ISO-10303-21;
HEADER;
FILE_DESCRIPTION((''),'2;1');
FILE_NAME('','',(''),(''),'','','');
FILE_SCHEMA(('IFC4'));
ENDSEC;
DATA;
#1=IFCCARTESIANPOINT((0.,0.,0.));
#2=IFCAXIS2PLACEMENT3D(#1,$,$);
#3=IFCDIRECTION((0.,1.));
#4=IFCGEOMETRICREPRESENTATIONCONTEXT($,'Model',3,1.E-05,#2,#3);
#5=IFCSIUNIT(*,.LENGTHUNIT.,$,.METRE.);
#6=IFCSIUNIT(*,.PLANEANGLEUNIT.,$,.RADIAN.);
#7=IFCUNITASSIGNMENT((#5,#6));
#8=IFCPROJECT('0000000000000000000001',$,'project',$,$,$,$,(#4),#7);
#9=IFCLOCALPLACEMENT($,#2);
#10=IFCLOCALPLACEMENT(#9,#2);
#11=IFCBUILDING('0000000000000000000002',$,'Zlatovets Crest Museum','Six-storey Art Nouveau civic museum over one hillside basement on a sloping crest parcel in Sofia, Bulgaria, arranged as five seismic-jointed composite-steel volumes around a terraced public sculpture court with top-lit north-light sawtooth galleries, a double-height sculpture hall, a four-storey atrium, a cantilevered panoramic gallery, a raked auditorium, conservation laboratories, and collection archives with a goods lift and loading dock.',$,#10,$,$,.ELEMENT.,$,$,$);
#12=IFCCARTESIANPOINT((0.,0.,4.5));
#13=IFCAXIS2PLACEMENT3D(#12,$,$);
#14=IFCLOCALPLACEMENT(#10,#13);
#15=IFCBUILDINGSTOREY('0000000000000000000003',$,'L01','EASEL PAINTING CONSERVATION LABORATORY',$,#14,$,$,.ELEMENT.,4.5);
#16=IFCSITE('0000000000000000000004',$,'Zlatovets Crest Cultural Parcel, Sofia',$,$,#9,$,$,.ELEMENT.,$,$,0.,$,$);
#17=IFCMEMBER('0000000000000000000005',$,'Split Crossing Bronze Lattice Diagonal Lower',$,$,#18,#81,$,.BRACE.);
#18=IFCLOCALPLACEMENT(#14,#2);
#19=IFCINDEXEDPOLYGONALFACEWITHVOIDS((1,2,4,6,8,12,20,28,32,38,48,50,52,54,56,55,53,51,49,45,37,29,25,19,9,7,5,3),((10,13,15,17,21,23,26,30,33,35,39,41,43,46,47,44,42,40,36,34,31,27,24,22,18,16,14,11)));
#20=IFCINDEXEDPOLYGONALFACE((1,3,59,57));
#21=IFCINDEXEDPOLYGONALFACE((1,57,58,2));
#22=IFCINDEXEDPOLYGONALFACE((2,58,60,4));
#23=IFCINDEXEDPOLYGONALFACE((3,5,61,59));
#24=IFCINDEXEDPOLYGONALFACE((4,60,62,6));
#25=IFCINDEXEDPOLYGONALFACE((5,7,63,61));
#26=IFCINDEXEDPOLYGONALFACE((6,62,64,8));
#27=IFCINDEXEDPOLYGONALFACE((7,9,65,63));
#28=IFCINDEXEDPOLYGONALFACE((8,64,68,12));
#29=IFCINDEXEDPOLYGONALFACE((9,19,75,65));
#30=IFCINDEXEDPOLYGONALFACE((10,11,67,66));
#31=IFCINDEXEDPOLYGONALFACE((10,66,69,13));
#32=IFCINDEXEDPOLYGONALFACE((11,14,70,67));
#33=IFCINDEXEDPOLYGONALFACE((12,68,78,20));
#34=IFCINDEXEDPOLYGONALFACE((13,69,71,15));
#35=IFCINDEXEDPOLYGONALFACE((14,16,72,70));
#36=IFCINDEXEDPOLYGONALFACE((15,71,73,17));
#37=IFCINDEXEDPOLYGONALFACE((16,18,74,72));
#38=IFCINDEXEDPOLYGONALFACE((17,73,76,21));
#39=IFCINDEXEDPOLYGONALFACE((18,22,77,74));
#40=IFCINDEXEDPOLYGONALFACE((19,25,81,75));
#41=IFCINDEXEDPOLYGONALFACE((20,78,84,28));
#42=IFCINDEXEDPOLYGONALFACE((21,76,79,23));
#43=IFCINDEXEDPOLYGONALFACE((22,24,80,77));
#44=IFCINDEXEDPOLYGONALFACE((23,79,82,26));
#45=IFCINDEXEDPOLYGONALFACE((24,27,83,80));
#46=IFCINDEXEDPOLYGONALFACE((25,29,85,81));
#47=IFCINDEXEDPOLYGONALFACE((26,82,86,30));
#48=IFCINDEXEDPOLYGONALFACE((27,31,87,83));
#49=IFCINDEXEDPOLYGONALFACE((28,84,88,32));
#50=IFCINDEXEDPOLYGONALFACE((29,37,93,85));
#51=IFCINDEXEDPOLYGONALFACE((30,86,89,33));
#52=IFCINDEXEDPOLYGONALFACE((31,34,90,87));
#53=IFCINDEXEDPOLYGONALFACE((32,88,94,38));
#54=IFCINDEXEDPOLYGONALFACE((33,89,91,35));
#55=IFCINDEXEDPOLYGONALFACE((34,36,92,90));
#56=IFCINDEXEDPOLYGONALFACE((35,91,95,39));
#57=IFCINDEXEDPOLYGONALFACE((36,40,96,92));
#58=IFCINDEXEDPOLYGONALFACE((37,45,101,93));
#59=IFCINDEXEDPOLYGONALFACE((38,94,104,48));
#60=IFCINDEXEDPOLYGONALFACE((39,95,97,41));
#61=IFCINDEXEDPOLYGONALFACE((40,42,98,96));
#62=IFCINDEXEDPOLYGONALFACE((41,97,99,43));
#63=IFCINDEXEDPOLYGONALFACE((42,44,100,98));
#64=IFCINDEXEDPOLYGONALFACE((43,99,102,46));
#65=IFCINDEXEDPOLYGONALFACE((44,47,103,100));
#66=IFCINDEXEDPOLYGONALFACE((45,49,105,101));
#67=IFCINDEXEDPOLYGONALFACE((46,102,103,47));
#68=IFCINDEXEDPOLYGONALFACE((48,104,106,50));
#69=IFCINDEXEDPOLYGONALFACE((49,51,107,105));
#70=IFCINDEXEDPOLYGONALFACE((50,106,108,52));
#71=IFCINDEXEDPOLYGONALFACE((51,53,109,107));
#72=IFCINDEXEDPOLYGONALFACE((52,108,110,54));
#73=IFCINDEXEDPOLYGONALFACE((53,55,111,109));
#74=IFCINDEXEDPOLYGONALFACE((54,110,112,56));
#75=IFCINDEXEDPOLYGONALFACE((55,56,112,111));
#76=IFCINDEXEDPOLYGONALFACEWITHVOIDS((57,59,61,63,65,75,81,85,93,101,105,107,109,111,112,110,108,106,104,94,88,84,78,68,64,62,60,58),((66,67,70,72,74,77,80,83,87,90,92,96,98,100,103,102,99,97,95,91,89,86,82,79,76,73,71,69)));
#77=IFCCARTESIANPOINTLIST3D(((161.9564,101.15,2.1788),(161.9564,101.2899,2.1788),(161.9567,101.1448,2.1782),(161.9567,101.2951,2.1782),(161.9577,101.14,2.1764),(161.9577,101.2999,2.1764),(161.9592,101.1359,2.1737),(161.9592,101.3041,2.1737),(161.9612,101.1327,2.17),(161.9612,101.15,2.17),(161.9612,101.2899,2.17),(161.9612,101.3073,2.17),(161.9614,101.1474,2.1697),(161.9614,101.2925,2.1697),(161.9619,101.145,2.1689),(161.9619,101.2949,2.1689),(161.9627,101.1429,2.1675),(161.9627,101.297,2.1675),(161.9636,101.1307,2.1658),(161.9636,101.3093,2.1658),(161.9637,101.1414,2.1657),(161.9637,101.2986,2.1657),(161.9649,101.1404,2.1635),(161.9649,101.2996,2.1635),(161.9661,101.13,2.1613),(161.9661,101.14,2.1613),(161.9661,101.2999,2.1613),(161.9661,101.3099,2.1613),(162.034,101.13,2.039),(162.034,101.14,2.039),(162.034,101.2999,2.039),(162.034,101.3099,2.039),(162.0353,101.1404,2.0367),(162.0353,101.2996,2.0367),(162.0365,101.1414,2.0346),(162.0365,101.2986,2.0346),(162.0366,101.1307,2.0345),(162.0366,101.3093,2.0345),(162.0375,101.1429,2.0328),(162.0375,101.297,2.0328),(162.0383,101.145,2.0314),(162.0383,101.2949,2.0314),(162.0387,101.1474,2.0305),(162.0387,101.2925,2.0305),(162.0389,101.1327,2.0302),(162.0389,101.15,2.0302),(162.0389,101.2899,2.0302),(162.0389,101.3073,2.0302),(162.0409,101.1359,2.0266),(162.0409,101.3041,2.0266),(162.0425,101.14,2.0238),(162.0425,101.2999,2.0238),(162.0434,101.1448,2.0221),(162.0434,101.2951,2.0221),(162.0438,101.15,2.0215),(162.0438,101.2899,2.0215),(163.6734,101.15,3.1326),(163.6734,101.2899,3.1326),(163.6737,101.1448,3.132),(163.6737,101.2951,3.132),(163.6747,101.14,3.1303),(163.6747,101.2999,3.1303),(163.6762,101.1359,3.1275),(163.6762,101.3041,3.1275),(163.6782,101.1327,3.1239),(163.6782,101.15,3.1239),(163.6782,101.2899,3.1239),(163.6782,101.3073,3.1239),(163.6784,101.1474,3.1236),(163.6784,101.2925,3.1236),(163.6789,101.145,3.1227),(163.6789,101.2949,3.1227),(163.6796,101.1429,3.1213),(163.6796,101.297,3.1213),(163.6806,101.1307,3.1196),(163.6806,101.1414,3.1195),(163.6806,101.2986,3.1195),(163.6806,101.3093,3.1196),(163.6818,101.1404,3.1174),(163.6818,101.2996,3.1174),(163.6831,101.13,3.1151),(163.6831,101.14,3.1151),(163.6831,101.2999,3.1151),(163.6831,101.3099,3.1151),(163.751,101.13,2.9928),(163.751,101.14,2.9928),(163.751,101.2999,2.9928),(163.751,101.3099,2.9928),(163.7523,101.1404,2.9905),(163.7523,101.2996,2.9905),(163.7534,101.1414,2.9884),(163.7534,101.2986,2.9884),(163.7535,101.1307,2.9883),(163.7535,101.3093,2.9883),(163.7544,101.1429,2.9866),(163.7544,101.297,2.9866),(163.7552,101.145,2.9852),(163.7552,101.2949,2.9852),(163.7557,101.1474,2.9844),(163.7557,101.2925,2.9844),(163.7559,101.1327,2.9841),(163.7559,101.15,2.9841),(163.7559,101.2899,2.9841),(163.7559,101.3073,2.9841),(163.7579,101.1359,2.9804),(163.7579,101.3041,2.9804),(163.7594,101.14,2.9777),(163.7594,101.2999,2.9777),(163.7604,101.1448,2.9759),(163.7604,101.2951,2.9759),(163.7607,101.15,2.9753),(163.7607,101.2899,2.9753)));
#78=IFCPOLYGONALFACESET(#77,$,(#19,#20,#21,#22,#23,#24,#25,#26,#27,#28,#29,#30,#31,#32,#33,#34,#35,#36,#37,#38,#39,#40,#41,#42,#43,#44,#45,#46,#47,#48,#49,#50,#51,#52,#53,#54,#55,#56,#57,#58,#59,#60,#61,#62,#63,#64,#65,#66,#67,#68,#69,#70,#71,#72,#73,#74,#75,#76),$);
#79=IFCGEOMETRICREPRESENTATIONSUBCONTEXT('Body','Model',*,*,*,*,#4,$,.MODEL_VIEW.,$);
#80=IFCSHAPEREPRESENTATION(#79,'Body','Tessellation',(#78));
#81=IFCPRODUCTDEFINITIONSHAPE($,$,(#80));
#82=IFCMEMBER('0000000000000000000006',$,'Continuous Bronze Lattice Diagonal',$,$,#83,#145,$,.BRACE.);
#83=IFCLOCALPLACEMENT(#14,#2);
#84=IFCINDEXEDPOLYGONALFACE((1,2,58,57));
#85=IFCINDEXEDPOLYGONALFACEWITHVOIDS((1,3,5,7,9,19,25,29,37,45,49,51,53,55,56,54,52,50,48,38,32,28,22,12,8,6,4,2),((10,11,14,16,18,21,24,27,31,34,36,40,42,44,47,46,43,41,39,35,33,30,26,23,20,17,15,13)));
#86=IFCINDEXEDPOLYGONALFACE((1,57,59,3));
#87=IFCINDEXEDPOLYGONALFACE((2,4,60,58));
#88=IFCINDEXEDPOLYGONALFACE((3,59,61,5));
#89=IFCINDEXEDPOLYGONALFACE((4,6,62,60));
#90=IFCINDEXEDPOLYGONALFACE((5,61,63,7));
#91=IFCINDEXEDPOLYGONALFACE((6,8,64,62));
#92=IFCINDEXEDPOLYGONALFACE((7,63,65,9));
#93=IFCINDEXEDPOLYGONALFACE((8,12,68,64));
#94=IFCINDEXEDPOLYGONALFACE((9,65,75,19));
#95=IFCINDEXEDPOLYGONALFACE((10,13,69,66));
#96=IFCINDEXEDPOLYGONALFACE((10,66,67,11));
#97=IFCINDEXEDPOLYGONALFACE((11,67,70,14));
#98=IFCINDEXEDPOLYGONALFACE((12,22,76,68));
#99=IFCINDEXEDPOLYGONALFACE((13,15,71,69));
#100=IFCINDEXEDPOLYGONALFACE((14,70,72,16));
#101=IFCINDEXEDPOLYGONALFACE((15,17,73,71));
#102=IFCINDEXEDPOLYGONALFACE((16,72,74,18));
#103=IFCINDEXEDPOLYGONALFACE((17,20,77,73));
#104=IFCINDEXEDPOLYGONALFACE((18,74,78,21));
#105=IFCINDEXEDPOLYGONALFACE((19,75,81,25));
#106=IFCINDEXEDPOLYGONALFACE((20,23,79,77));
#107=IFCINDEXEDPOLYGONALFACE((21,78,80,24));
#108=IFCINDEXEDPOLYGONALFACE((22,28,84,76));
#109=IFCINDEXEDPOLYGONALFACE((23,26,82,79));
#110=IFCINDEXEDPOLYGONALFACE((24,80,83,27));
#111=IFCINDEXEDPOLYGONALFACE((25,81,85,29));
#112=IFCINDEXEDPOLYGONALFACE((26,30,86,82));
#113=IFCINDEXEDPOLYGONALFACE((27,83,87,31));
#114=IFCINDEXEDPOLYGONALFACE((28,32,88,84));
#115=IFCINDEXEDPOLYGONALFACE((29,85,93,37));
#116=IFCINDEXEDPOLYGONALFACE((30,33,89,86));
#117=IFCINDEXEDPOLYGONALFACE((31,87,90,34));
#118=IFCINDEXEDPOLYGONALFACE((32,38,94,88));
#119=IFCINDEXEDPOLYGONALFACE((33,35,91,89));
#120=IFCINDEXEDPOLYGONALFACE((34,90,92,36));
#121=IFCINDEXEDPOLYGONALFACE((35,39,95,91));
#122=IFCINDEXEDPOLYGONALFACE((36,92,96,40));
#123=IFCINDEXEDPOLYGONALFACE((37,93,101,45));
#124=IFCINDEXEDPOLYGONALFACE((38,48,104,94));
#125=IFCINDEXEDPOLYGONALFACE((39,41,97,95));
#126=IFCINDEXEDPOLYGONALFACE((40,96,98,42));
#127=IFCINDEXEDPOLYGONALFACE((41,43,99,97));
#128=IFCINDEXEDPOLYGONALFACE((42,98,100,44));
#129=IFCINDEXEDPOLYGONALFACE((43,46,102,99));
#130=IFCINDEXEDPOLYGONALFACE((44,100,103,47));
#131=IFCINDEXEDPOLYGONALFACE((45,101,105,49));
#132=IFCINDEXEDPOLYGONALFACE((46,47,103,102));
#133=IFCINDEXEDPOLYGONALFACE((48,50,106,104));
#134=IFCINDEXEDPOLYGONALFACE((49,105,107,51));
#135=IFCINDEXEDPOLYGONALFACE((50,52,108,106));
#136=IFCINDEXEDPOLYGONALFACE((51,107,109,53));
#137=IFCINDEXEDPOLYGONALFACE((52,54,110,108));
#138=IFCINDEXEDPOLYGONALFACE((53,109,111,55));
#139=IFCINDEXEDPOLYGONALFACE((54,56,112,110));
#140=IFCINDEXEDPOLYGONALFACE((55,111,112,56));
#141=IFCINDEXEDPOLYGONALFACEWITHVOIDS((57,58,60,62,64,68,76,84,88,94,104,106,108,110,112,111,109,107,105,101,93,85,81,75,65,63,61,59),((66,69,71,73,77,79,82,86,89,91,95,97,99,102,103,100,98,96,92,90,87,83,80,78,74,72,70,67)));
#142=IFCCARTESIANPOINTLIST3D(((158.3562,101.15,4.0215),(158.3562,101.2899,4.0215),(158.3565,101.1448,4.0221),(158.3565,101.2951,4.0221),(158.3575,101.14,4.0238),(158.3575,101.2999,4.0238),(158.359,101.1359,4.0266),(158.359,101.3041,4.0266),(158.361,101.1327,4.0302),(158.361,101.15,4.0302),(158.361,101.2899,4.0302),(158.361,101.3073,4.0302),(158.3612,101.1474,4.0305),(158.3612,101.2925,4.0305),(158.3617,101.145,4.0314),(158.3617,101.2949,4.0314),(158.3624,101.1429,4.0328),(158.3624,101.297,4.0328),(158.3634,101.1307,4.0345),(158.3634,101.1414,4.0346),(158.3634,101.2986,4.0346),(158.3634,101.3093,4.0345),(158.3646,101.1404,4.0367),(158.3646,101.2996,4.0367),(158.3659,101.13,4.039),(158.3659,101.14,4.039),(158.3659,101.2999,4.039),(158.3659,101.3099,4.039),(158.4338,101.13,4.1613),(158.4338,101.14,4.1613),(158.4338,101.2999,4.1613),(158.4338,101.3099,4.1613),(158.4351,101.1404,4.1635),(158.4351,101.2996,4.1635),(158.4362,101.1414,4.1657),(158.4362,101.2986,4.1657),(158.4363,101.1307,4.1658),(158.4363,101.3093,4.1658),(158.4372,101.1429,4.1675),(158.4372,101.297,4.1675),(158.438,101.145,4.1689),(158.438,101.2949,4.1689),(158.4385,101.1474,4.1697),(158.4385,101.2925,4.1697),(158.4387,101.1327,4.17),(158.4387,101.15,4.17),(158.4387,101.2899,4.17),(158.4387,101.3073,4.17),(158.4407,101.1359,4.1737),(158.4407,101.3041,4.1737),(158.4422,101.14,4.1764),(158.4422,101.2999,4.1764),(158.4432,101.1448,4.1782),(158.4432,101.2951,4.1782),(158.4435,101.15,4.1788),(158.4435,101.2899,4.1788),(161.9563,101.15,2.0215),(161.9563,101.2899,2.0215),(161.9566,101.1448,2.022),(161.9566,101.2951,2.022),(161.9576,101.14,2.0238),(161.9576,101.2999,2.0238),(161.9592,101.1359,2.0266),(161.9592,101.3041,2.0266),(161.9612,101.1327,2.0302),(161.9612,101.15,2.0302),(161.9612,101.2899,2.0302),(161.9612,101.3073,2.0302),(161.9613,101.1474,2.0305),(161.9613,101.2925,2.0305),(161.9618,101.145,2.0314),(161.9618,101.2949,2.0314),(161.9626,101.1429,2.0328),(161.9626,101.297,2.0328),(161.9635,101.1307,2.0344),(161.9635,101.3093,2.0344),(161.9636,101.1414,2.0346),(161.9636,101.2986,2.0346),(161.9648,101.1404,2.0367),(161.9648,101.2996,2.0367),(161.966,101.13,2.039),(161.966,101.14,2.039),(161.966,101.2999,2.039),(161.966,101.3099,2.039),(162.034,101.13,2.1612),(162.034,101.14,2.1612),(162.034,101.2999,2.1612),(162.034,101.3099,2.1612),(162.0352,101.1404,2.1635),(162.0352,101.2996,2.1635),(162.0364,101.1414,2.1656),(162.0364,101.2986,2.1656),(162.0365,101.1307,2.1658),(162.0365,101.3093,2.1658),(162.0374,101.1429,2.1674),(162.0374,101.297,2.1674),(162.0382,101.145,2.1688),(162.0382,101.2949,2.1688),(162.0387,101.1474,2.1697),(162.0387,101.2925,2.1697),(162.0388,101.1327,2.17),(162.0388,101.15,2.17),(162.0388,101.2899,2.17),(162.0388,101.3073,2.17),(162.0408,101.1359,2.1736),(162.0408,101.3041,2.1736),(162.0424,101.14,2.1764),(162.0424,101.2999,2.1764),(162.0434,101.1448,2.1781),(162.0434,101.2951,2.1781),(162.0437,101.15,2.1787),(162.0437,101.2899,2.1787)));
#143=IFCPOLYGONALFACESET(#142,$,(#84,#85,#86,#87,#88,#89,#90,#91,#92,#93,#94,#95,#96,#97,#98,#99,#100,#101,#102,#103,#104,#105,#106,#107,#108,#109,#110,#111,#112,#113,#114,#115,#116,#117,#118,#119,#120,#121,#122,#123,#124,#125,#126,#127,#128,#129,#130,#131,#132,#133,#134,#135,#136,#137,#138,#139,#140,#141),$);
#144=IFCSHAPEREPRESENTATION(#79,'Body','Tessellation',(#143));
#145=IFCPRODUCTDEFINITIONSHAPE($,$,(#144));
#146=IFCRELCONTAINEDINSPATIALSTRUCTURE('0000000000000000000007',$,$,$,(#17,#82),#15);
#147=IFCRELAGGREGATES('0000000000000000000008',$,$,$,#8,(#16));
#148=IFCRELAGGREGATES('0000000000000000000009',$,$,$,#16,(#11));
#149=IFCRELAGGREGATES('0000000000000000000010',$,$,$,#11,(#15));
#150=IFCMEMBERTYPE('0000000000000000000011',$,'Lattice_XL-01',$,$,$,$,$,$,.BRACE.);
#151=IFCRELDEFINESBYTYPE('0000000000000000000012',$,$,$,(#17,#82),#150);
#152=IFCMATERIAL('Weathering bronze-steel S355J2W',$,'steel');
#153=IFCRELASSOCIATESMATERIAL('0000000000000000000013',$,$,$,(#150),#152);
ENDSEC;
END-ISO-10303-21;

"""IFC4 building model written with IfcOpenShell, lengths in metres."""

from ifc_helpers import new_model, si_unit, direction, frame, origin, origin_2d, place, context, subcontext, project, spatial, hollow_rectangle, extrude, material, material_profile, profile_set, type_object, element, save


model = new_model("IFC4")

# Units and contexts
model_context = context("Model", 3, precision=1e-05, world=origin(), true_north=direction((0.0, 1.0)))
body_context = subcontext(model_context, "Body", "Model", "MODEL_VIEW")
ifc_project = project(units=[si_unit("LENGTHUNIT", "METRE"), si_unit("PLANEANGLEUNIT", "RADIAN")], contexts=[model_context])

# Site, building, storey
site_placement = place(None, origin())
site = spatial("IfcSite", under=ifc_project, at=site_placement, Name="Zlatovets Crest Cultural Parcel, Sofia", CompositionType="ELEMENT", RefElevation=0.0)
building_placement = place(site_placement, origin())
building = spatial("IfcBuilding", under=site, at=building_placement, Name="Zlatovets Crest Museum", Description="Six-storey Art Nouveau civic museum over one hillside basement on a sloping crest parcel in Sofia, Bulgaria, arranged as five seismic-jointed composite-steel volumes around a terraced public sculpture court with top-lit north-light sawtooth galleries, a double-height sculpture hall, a four-storey atrium, a cantilevered panoramic gallery, a raked auditorium, conservation laboratories, and collection archives with a goods lift and loading dock.", CompositionType="ELEMENT")
storey_placement = place(building_placement, frame((0.0, 0.0, 4.5)))
storey = spatial("IfcBuildingStorey", under=building, at=storey_placement, Name="L01", Description="EASEL PAINTING CONSERVATION LABORATORY", CompositionType="ELEMENT", Elevation=4.5)

# Members
ifc_material_1 = material(Name="Weathering bronze-steel S355J2W", Category="steel")
ifc_material_profile_1 = material_profile(ifc_material_1, hollow_rectangle(XDim=0.1799, YDim=0.1799, WallThickness=0.01, InnerFilletRadius=0.01, OuterFilletRadius=0.02, at=origin_2d()), Name="SHS 180x180x10.0")
ifc_profile_set_1 = profile_set([ifc_material_profile_1], Name="Weathering bronze-steel S355J2W")
member_type_1 = type_object("IfcMemberType", Name="Lattice_XL-01", PredefinedType="BRACE", material=ifc_profile_set_1)
member_1_placement = place(storey_placement, frame((163.717, 101.22, 3.054), z_axis=(-0.874169, 0.0, -0.485622), x_axis=(0.0, -1.0, 0.0)))
element("IfcMember", 1, at=member_1_placement, inside=storey, type_object=member_type_1, Name="Split Crossing Bronze Lattice Diagonal Lower", PredefinedType="BRACE", context=body_context, shape_type="SweptSolid", body=[
    extrude(hollow_rectangle(XDim=0.1799, YDim=0.1799, WallThickness=0.01, InnerFilletRadius=0.01, OuterFilletRadius=0.02, at=origin_2d()), origin(), (0.0, 0.0, 1.0), 1.9641),
])
member_2_placement = place(storey_placement, frame((162.0, 101.22, 2.1001), z_axis=(-0.874163, 0.0, 0.485633), x_axis=(0.0, -1.0, 0.0)))
element("IfcMember", 2, at=member_2_placement, inside=storey, type_object=member_type_1, Name="Continuous Bronze Lattice Diagonal", PredefinedType="BRACE", context=body_context, shape_type="SweptSolid", body=[
    extrude(hollow_rectangle(XDim=0.1799, YDim=0.1799, WallThickness=0.01, InnerFilletRadius=0.01, OuterFilletRadius=0.02, at=origin_2d()), origin(), (0.0, 0.0, 1.0), 4.1184),
])

save(model, "model.ifc")
